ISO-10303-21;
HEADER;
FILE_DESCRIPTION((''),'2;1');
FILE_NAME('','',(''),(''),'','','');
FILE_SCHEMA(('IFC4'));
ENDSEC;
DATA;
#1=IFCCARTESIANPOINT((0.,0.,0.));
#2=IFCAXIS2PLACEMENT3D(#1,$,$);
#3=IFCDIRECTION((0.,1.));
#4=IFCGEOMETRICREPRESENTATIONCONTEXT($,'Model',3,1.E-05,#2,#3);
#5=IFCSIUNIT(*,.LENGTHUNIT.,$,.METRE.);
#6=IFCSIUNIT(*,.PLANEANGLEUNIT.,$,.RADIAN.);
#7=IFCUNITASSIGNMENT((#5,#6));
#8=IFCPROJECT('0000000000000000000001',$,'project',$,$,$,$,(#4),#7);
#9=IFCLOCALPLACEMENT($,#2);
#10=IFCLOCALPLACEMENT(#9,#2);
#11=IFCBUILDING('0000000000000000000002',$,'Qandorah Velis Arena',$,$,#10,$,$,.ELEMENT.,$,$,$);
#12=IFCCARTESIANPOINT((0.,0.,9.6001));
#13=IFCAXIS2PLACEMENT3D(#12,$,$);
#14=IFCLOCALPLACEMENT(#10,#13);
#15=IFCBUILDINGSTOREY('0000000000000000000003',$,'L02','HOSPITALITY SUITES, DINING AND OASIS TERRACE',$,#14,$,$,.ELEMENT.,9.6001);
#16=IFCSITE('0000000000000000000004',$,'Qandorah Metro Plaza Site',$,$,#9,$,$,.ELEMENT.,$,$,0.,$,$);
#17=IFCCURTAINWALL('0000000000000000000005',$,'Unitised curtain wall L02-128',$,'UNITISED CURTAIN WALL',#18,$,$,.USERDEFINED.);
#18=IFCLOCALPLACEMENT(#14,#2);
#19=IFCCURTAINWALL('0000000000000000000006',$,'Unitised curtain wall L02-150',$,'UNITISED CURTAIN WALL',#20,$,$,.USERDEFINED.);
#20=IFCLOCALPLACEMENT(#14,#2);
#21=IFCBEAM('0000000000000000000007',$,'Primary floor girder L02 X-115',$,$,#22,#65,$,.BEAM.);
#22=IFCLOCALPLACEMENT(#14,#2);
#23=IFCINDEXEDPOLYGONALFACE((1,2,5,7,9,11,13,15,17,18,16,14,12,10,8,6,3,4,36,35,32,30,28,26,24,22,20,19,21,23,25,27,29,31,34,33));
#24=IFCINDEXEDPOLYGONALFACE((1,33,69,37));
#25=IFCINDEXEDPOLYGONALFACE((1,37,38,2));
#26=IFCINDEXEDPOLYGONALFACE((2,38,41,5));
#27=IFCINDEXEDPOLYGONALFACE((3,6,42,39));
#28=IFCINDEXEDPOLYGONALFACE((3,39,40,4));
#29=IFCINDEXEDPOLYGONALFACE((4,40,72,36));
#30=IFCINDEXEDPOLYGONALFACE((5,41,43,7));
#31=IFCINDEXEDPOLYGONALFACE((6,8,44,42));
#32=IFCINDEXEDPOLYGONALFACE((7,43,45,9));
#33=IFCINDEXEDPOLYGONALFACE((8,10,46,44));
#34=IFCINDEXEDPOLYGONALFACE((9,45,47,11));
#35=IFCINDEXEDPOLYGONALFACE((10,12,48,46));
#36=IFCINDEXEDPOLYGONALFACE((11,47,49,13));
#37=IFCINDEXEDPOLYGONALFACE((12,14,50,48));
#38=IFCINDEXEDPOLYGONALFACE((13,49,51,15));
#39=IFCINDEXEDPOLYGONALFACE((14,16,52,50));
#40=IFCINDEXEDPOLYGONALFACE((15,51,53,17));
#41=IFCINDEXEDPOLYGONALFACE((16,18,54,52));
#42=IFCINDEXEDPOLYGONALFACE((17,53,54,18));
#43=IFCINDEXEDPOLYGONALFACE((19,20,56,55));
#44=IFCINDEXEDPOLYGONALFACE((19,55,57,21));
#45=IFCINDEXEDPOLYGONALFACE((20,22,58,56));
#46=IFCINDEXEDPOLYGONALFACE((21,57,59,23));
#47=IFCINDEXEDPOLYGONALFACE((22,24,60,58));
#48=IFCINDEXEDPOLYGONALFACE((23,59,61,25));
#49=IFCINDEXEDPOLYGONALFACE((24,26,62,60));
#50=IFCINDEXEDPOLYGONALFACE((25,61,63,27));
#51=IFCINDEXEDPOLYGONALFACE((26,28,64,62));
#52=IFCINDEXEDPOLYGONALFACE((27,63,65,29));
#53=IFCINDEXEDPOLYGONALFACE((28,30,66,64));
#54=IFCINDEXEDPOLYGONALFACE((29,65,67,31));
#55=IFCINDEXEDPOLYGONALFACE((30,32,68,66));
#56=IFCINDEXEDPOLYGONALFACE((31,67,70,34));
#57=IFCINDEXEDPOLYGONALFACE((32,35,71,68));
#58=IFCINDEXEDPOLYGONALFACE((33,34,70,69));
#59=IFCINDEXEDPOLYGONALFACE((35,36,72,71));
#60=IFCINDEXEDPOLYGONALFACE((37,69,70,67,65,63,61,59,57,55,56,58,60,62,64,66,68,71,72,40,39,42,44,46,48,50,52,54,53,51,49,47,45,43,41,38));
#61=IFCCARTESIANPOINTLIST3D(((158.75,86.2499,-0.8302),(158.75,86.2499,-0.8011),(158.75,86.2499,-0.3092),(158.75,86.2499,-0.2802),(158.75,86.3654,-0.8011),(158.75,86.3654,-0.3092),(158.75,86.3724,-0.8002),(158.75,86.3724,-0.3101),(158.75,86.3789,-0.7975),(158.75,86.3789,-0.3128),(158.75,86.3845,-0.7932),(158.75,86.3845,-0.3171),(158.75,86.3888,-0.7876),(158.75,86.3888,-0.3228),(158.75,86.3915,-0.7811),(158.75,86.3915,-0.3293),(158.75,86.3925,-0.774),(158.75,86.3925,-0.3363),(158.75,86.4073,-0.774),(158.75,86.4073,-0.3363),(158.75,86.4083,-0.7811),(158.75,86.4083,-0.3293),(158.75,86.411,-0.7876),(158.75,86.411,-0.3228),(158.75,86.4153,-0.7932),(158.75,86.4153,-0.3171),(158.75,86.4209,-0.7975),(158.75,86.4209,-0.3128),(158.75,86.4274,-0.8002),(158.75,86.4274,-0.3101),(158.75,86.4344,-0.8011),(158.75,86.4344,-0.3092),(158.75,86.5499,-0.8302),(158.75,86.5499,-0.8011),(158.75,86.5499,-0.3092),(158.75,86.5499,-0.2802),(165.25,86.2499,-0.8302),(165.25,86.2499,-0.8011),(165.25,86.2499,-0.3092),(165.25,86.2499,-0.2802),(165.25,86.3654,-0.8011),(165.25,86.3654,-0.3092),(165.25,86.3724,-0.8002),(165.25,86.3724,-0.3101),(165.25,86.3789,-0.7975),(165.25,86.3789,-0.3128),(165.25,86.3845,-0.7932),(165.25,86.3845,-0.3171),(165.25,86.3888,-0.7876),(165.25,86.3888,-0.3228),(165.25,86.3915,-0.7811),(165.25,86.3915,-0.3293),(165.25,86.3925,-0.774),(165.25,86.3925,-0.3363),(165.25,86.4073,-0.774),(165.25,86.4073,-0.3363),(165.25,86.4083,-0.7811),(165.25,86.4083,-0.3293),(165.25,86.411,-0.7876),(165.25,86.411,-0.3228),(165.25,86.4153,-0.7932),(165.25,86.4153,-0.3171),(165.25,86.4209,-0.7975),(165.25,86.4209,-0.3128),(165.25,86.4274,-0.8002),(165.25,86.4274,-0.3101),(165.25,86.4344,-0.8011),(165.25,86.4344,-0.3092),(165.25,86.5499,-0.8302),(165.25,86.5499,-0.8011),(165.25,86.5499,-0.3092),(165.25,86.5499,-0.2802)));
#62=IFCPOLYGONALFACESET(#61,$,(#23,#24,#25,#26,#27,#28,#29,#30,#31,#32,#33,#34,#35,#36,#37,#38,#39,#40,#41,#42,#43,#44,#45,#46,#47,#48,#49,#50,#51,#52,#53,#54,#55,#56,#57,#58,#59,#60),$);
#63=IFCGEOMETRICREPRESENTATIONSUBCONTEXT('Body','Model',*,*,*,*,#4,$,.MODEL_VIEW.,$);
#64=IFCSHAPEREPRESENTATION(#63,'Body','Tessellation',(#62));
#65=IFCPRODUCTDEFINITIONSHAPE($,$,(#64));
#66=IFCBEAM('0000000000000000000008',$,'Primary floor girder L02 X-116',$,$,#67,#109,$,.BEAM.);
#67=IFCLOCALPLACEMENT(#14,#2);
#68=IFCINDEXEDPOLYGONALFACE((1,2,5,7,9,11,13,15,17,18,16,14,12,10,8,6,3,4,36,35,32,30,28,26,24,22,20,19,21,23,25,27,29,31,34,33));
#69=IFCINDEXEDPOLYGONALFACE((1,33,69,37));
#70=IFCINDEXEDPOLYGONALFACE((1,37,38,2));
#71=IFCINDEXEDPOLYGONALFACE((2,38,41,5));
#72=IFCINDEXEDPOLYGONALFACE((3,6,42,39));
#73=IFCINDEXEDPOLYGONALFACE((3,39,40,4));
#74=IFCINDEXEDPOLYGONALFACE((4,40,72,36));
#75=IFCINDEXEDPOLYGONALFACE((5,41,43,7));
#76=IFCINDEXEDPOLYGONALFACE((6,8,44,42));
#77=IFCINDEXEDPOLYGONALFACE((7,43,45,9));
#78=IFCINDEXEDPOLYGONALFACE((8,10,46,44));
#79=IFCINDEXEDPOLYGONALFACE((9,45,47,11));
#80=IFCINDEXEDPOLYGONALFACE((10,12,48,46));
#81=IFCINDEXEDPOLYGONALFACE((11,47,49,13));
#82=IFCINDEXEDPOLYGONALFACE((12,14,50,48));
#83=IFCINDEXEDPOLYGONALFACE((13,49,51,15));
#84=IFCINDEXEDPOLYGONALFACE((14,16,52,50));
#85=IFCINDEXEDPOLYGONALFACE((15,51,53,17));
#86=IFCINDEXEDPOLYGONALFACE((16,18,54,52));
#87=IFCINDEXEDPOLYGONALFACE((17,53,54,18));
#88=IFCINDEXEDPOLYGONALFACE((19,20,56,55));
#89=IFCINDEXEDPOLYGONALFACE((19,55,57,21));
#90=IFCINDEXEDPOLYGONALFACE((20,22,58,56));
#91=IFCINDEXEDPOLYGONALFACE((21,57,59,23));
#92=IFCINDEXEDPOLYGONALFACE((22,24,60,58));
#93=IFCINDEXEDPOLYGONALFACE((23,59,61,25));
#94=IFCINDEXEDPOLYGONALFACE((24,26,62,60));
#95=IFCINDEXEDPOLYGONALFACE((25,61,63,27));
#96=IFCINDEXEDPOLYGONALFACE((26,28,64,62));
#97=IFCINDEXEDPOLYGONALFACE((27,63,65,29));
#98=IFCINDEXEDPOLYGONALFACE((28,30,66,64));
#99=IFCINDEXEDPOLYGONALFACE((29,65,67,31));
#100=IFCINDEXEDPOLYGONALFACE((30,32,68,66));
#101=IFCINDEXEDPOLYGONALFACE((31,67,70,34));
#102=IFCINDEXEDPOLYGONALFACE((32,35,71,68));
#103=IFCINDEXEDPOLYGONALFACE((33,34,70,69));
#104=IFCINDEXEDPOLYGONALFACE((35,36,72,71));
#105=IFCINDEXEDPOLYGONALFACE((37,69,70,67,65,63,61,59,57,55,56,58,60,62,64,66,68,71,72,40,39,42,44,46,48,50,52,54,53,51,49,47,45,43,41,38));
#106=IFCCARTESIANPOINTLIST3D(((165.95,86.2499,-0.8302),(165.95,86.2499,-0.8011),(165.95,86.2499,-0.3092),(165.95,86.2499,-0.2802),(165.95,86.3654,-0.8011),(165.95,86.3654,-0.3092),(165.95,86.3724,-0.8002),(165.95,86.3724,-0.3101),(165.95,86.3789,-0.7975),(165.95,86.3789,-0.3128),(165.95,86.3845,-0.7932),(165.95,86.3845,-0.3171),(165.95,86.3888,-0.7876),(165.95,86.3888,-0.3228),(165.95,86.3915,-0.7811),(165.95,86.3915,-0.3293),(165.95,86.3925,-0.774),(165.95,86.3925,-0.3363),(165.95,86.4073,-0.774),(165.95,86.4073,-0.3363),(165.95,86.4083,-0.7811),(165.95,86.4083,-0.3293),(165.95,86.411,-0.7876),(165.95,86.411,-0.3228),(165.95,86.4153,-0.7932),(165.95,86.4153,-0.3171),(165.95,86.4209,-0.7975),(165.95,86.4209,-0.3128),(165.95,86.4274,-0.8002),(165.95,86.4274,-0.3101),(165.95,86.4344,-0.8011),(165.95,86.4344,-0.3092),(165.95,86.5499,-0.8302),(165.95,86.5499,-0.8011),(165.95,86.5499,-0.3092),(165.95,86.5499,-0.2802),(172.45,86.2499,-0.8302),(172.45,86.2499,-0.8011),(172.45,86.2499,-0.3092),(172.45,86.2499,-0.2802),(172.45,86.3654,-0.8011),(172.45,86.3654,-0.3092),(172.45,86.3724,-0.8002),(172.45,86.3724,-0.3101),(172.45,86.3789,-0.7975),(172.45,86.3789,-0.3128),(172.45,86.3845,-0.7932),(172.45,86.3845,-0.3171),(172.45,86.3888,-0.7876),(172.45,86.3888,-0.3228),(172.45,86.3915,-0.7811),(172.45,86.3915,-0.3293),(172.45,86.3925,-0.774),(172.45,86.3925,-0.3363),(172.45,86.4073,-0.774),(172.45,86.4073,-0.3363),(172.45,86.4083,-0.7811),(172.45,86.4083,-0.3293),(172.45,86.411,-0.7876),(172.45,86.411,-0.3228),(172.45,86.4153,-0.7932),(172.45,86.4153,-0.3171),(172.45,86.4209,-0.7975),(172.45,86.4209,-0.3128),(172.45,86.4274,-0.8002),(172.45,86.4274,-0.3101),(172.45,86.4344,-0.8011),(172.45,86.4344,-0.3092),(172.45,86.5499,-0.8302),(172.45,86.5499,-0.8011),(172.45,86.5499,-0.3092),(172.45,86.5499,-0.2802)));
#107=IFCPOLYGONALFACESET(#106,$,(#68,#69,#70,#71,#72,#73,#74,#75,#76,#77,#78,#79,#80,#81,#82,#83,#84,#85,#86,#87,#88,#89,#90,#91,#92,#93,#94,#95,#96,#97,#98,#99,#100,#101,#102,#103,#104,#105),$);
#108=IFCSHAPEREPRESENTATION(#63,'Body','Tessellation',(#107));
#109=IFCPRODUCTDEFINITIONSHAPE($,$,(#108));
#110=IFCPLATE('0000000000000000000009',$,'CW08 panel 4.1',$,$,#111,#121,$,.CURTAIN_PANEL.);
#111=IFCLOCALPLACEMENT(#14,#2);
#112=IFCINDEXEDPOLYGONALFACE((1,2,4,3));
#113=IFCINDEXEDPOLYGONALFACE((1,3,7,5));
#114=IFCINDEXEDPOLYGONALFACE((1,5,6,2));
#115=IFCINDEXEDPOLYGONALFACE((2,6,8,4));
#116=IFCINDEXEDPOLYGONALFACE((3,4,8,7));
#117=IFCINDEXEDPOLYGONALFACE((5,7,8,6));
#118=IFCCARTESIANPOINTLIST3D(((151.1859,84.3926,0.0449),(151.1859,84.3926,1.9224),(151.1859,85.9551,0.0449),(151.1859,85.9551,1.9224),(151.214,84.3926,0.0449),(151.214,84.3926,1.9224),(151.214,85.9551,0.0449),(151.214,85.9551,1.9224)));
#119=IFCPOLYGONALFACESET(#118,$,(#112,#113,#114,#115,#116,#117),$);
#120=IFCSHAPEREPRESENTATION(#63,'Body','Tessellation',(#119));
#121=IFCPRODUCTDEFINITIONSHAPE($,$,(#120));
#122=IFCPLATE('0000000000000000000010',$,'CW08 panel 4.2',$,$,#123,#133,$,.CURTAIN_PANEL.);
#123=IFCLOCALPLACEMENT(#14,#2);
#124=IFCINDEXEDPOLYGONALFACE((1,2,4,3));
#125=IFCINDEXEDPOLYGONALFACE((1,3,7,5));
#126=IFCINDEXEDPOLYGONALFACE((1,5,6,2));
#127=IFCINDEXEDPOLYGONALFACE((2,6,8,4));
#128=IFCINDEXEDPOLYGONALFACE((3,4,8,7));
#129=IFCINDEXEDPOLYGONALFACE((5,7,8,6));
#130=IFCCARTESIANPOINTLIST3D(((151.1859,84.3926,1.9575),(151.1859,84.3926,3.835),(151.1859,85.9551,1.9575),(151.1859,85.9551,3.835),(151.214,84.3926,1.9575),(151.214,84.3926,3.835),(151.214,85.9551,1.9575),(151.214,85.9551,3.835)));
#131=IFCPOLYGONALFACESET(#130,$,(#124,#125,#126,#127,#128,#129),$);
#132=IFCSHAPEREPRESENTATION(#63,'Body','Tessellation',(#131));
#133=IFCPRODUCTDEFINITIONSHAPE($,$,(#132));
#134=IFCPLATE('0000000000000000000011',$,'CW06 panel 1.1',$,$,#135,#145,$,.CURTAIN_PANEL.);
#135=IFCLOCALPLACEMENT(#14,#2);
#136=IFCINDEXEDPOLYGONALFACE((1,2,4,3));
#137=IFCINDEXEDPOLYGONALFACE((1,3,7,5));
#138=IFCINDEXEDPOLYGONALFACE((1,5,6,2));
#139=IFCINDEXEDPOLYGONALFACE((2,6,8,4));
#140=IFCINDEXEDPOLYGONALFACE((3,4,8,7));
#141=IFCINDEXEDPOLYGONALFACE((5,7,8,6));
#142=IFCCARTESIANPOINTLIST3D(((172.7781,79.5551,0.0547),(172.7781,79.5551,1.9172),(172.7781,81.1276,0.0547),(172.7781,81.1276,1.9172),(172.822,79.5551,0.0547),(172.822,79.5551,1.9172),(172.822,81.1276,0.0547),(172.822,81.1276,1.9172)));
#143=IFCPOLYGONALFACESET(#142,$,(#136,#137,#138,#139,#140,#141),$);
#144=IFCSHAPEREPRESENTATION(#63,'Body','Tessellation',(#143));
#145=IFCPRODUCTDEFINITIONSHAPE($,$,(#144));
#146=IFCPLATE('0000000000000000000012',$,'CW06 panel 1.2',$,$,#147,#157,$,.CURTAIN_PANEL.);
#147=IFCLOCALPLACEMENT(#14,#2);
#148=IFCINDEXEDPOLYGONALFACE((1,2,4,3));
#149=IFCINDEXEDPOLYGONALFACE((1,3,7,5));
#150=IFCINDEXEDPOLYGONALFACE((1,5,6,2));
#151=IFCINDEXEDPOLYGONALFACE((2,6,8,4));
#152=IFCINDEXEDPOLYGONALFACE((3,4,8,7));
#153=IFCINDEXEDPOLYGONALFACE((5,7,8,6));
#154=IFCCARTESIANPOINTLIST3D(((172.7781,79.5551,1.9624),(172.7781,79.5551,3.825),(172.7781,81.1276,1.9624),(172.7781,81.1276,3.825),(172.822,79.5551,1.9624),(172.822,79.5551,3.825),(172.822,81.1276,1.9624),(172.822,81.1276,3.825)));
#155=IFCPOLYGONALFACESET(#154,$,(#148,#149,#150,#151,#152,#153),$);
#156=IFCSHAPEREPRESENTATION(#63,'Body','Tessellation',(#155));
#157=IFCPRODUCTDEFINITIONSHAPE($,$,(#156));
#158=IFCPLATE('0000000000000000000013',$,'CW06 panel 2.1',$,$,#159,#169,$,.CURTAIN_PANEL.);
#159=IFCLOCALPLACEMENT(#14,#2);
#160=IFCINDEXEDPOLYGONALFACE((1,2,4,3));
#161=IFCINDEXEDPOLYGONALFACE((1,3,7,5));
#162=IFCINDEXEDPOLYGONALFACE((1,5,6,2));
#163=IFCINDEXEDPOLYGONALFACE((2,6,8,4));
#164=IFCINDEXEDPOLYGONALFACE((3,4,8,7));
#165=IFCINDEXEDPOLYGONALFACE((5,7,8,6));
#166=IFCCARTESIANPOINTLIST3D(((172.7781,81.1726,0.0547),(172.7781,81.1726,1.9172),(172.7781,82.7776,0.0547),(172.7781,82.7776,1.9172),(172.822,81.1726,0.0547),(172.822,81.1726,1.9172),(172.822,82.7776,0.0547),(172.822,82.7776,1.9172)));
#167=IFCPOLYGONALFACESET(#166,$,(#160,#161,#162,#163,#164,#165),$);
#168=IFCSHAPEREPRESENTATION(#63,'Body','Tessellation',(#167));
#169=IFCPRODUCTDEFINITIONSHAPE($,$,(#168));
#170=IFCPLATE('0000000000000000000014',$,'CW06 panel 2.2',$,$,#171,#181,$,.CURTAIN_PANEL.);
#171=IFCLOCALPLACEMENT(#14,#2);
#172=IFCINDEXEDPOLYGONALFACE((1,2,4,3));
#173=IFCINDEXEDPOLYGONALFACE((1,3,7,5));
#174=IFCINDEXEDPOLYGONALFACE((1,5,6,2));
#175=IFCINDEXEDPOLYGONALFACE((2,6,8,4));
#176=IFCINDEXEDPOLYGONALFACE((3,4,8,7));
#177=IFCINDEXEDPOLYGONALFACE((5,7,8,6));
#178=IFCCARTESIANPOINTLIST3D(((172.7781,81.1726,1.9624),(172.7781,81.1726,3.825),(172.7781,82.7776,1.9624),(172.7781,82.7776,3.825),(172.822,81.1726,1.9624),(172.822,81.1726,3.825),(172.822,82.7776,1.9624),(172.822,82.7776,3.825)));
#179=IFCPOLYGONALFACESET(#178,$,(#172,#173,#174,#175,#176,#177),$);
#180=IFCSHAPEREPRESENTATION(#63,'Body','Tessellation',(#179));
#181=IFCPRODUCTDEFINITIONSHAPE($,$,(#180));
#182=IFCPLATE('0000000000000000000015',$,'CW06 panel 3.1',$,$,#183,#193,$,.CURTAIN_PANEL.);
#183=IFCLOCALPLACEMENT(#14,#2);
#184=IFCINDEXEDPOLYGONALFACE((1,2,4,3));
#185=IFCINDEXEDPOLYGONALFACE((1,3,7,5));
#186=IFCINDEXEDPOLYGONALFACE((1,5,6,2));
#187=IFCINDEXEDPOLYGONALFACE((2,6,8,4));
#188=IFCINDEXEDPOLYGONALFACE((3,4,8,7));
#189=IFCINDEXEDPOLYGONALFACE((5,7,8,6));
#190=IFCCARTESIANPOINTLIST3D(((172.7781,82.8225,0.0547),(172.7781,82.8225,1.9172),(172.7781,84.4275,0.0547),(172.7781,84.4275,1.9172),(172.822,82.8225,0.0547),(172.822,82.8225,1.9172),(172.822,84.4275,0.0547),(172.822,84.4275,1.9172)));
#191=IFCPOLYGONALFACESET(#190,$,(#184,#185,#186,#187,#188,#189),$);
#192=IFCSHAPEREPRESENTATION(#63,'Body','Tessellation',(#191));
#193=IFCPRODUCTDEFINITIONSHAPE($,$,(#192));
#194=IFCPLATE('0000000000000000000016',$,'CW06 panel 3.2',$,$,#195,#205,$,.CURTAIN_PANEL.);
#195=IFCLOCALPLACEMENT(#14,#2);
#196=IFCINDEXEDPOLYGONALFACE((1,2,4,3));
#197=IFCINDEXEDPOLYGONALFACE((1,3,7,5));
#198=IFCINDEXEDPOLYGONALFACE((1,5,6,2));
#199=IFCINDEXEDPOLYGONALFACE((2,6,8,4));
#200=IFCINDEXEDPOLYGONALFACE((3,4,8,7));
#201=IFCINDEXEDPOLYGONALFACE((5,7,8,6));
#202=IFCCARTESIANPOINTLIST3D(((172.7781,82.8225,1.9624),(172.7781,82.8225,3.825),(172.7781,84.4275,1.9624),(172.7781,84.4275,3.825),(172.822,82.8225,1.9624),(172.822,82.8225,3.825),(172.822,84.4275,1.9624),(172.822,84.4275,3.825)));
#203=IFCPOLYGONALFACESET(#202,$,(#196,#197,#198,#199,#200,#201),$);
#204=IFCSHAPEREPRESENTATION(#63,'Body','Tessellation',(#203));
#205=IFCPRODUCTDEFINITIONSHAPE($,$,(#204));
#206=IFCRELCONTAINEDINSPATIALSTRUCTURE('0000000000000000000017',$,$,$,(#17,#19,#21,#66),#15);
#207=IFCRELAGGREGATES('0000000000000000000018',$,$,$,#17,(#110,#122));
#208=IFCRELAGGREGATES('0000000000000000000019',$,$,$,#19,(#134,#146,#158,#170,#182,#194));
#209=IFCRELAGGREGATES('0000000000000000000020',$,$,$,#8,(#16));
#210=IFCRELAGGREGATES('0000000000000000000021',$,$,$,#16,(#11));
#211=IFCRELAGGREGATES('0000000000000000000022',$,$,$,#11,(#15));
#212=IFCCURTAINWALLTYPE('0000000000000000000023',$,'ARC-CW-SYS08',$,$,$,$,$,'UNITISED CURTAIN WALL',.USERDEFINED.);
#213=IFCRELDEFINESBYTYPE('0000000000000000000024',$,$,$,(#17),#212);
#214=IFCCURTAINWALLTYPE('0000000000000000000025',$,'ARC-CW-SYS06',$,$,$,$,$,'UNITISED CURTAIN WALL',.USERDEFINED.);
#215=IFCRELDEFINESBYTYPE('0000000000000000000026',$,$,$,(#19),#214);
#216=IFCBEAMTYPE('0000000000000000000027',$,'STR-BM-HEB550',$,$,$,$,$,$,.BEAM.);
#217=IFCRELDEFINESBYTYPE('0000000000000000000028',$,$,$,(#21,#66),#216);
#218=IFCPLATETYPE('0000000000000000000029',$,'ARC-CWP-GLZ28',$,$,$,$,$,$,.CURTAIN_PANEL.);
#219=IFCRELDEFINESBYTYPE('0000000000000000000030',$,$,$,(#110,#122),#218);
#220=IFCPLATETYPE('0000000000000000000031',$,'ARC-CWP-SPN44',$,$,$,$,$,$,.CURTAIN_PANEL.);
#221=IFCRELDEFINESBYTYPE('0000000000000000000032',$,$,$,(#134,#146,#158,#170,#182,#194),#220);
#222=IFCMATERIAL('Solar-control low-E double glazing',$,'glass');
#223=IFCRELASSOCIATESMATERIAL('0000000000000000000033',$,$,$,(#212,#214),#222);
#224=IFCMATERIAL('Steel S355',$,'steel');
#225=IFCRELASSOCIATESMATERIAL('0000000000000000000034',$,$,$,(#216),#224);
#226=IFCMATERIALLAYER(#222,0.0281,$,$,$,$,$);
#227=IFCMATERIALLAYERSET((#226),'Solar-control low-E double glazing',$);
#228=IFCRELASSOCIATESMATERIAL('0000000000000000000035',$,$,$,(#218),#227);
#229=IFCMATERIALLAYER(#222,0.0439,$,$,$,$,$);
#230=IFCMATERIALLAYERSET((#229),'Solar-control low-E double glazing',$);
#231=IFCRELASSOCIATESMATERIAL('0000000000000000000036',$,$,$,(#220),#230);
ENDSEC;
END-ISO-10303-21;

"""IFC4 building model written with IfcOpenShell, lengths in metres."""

from ifc_helpers import new_model, si_unit, direction, frame, origin, origin_2d, place, context, subcontext, project, spatial, rectangle, i_section, extrude, material, layer, layer_set, material_profile, profile_set, type_object, element, aggregate, save


model = new_model("IFC4")

# Units and contexts
model_context = context("Model", 3, precision=1e-05, world=origin(), true_north=direction((0.0, 1.0)))
body_context = subcontext(model_context, "Body", "Model", "MODEL_VIEW")
ifc_project = project(units=[si_unit("LENGTHUNIT", "METRE"), si_unit("PLANEANGLEUNIT", "RADIAN")], contexts=[model_context])

# Site, building, storey
site_placement = place(None, origin())
site = spatial("IfcSite", under=ifc_project, at=site_placement, Name="Qandorah Metro Plaza Site", CompositionType="ELEMENT", RefElevation=0.0)
building_placement = place(site_placement, origin())
building = spatial("IfcBuilding", under=site, at=building_placement, Name="Qandorah Velis Arena", CompositionType="ELEMENT")
storey_placement = place(building_placement, frame((0.0, 0.0, 9.6001)))
storey = spatial("IfcBuildingStorey", under=building, at=storey_placement, Name="L02", Description="HOSPITALITY SUITES, DINING AND OASIS TERRACE", CompositionType="ELEMENT", Elevation=9.6001)

# Curtain wall
ifc_material_1 = material(Name="Solar-control low-E double glazing", Category="glass")
curtain_wall_type_1 = type_object("IfcCurtainWallType", Name="ARC-CW-SYS08", ElementType="UNITISED CURTAIN WALL", PredefinedType="USERDEFINED", material=ifc_material_1)
curtain_wall_1_placement = place(storey_placement, origin())
curtain_wall_1 = element("IfcCurtainWall", 1, at=curtain_wall_1_placement, inside=storey, type_object=curtain_wall_type_1, Name="Unitised curtain wall L02-128", ObjectType="UNITISED CURTAIN WALL", PredefinedType="USERDEFINED")

# Curtain wall
curtain_wall_type_2 = type_object("IfcCurtainWallType", Name="ARC-CW-SYS06", ElementType="UNITISED CURTAIN WALL", PredefinedType="USERDEFINED", material=ifc_material_1)
curtain_wall_2_placement = place(storey_placement, origin())
curtain_wall_2 = element("IfcCurtainWall", 2, at=curtain_wall_2_placement, inside=storey, type_object=curtain_wall_type_2, Name="Unitised curtain wall L02-150", ObjectType="UNITISED CURTAIN WALL", PredefinedType="USERDEFINED")

# Beams
ifc_material_2 = material(Name="Steel S355", Category="steel")
ifc_material_profile_1 = material_profile(ifc_material_2, i_section(OverallWidth=0.3, OverallDepth=0.55, WebThickness=0.0149, FlangeThickness=0.0291, FilletRadius=0.0271, at=origin_2d()), Name="HEB 550")
ifc_profile_set_1 = profile_set([ifc_material_profile_1], Name="Steel S355")
beam_type_1 = type_object("IfcBeamType", Name="STR-BM-HEB550", PredefinedType="BEAM", material=ifc_profile_set_1)
for number, where, z_axis, x_axis, name in (
    (3, (158.75, 86.3999, -0.5552), (1.0, 0.0, 0.0), (0.0, 1.0, 0.0), "Primary floor girder L02 X-115"),
    (4, (165.95, 86.3999, -0.5552), (1.0, 0.0, 0.0), (0.0, 1.0, 0.0), "Primary floor girder L02 X-116"),
):
    element("IfcBeam", number, at=place(storey_placement, frame(where, z_axis=z_axis, x_axis=x_axis)), inside=storey, type_object=beam_type_1, Name=name, PredefinedType="BEAM", context=body_context, shape_type="SweptSolid", body=[
        extrude(i_section(OverallWidth=0.3, OverallDepth=0.55, WebThickness=0.0149, FlangeThickness=0.0291, FilletRadius=0.0271, at=origin_2d()), origin(), (0.0, 0.0, 1.0), 6.5),
    ])

# Plates
ifc_layer_1 = layer(ifc_material_1, 0.0281)
ifc_layer_set_1 = layer_set([ifc_layer_1], Name="Solar-control low-E double glazing")
plate_type_1 = type_object("IfcPlateType", Name="ARC-CWP-GLZ28", PredefinedType="CURTAIN_PANEL", material=ifc_layer_set_1)
plate_1_placement = place(storey_placement, frame((151.2, 85.1738, 0.0449), z_axis=(0.0, 0.0, 1.0), x_axis=(0.0, 1.0, 0.0)))
plate_1 = element("IfcPlate", 5, at=plate_1_placement, type_object=plate_type_1, Name="CW08 panel 4.1", PredefinedType="CURTAIN_PANEL", context=body_context, shape_type="SweptSolid", body=[
    extrude(rectangle(XDim=1.5625, YDim=0.0281, at=origin_2d()), origin(), (0.0, 0.0, 1.0), 1.8774),
])
plate_2_placement = place(storey_placement, frame((151.2, 85.1738, 1.9575), z_axis=(0.0, 0.0, 1.0), x_axis=(0.0, 1.0, 0.0)))
plate_2 = element("IfcPlate", 6, at=plate_2_placement, type_object=plate_type_1, Name="CW08 panel 4.2", PredefinedType="CURTAIN_PANEL", context=body_context, shape_type="SweptSolid", body=[
    extrude(rectangle(XDim=1.5625, YDim=0.0281, at=origin_2d()), origin(), (0.0, 0.0, 1.0), 1.8774),
])
aggregate(curtain_wall_1, [plate_1, plate_2])
ifc_layer_2 = layer(ifc_material_1, 0.0439)
ifc_layer_set_2 = layer_set([ifc_layer_2], Name="Solar-control low-E double glazing")
plate_type_2 = type_object("IfcPlateType", Name="ARC-CWP-SPN44", PredefinedType="CURTAIN_PANEL", material=ifc_layer_set_2)
plate_3_placement = place(storey_placement, frame((172.8, 80.3413, 0.0547), z_axis=(0.0, 0.0, 1.0), x_axis=(0.0, 1.0, 0.0)))
plate_3 = element("IfcPlate", 7, at=plate_3_placement, type_object=plate_type_2, Name="CW06 panel 1.1", PredefinedType="CURTAIN_PANEL", context=body_context, shape_type="SweptSolid", body=[
    extrude(rectangle(XDim=1.5725, YDim=0.0439, at=origin_2d()), origin(), (0.0, 0.0, 1.0), 1.8625),
])
plate_4_placement = place(storey_placement, frame((172.8, 80.3413, 1.9624), z_axis=(0.0, 0.0, 1.0), x_axis=(0.0, 1.0, 0.0)))
plate_4 = element("IfcPlate", 8, at=plate_4_placement, type_object=plate_type_2, Name="CW06 panel 1.2", PredefinedType="CURTAIN_PANEL", context=body_context, shape_type="SweptSolid", body=[
    extrude(rectangle(XDim=1.5725, YDim=0.0439, at=origin_2d()), origin(), (0.0, 0.0, 1.0), 1.8625),
])
plate_5_placement = place(storey_placement, frame((172.8, 81.9751, 0.0547), z_axis=(0.0, 0.0, 1.0), x_axis=(0.0, 1.0, 0.0)))
plate_5 = element("IfcPlate", 9, at=plate_5_placement, type_object=plate_type_2, Name="CW06 panel 2.1", PredefinedType="CURTAIN_PANEL", context=body_context, shape_type="SweptSolid", body=[
    extrude(rectangle(XDim=1.605, YDim=0.0439, at=origin_2d()), origin(), (0.0, 0.0, 1.0), 1.8625),
])
plate_6_placement = place(storey_placement, frame((172.8, 81.9751, 1.9624), z_axis=(0.0, 0.0, 1.0), x_axis=(0.0, 1.0, 0.0)))
plate_6 = element("IfcPlate", 10, at=plate_6_placement, type_object=plate_type_2, Name="CW06 panel 2.2", PredefinedType="CURTAIN_PANEL", context=body_context, shape_type="SweptSolid", body=[
    extrude(rectangle(XDim=1.605, YDim=0.0439, at=origin_2d()), origin(), (0.0, 0.0, 1.0), 1.8625),
])
plate_7_placement = place(storey_placement, frame((172.8, 83.625, 0.0547), z_axis=(0.0, 0.0, 1.0), x_axis=(0.0, 1.0, 0.0)))
plate_7 = element("IfcPlate", 11, at=plate_7_placement, type_object=plate_type_2, Name="CW06 panel 3.1", PredefinedType="CURTAIN_PANEL", context=body_context, shape_type="SweptSolid", body=[
    extrude(rectangle(XDim=1.605, YDim=0.0439, at=origin_2d()), origin(), (0.0, 0.0, 1.0), 1.8625),
])
plate_8_placement = place(storey_placement, frame((172.8, 83.625, 1.9624), z_axis=(0.0, 0.0, 1.0), x_axis=(0.0, 1.0, 0.0)))
plate_8 = element("IfcPlate", 12, at=plate_8_placement, type_object=plate_type_2, Name="CW06 panel 3.2", PredefinedType="CURTAIN_PANEL", context=body_context, shape_type="SweptSolid", body=[
    extrude(rectangle(XDim=1.605, YDim=0.0439, at=origin_2d()), origin(), (0.0, 0.0, 1.0), 1.8625),
])
aggregate(curtain_wall_2, [plate_3, plate_4, plate_5, plate_6, plate_7, plate_8])

save(model, "model.ifc")
